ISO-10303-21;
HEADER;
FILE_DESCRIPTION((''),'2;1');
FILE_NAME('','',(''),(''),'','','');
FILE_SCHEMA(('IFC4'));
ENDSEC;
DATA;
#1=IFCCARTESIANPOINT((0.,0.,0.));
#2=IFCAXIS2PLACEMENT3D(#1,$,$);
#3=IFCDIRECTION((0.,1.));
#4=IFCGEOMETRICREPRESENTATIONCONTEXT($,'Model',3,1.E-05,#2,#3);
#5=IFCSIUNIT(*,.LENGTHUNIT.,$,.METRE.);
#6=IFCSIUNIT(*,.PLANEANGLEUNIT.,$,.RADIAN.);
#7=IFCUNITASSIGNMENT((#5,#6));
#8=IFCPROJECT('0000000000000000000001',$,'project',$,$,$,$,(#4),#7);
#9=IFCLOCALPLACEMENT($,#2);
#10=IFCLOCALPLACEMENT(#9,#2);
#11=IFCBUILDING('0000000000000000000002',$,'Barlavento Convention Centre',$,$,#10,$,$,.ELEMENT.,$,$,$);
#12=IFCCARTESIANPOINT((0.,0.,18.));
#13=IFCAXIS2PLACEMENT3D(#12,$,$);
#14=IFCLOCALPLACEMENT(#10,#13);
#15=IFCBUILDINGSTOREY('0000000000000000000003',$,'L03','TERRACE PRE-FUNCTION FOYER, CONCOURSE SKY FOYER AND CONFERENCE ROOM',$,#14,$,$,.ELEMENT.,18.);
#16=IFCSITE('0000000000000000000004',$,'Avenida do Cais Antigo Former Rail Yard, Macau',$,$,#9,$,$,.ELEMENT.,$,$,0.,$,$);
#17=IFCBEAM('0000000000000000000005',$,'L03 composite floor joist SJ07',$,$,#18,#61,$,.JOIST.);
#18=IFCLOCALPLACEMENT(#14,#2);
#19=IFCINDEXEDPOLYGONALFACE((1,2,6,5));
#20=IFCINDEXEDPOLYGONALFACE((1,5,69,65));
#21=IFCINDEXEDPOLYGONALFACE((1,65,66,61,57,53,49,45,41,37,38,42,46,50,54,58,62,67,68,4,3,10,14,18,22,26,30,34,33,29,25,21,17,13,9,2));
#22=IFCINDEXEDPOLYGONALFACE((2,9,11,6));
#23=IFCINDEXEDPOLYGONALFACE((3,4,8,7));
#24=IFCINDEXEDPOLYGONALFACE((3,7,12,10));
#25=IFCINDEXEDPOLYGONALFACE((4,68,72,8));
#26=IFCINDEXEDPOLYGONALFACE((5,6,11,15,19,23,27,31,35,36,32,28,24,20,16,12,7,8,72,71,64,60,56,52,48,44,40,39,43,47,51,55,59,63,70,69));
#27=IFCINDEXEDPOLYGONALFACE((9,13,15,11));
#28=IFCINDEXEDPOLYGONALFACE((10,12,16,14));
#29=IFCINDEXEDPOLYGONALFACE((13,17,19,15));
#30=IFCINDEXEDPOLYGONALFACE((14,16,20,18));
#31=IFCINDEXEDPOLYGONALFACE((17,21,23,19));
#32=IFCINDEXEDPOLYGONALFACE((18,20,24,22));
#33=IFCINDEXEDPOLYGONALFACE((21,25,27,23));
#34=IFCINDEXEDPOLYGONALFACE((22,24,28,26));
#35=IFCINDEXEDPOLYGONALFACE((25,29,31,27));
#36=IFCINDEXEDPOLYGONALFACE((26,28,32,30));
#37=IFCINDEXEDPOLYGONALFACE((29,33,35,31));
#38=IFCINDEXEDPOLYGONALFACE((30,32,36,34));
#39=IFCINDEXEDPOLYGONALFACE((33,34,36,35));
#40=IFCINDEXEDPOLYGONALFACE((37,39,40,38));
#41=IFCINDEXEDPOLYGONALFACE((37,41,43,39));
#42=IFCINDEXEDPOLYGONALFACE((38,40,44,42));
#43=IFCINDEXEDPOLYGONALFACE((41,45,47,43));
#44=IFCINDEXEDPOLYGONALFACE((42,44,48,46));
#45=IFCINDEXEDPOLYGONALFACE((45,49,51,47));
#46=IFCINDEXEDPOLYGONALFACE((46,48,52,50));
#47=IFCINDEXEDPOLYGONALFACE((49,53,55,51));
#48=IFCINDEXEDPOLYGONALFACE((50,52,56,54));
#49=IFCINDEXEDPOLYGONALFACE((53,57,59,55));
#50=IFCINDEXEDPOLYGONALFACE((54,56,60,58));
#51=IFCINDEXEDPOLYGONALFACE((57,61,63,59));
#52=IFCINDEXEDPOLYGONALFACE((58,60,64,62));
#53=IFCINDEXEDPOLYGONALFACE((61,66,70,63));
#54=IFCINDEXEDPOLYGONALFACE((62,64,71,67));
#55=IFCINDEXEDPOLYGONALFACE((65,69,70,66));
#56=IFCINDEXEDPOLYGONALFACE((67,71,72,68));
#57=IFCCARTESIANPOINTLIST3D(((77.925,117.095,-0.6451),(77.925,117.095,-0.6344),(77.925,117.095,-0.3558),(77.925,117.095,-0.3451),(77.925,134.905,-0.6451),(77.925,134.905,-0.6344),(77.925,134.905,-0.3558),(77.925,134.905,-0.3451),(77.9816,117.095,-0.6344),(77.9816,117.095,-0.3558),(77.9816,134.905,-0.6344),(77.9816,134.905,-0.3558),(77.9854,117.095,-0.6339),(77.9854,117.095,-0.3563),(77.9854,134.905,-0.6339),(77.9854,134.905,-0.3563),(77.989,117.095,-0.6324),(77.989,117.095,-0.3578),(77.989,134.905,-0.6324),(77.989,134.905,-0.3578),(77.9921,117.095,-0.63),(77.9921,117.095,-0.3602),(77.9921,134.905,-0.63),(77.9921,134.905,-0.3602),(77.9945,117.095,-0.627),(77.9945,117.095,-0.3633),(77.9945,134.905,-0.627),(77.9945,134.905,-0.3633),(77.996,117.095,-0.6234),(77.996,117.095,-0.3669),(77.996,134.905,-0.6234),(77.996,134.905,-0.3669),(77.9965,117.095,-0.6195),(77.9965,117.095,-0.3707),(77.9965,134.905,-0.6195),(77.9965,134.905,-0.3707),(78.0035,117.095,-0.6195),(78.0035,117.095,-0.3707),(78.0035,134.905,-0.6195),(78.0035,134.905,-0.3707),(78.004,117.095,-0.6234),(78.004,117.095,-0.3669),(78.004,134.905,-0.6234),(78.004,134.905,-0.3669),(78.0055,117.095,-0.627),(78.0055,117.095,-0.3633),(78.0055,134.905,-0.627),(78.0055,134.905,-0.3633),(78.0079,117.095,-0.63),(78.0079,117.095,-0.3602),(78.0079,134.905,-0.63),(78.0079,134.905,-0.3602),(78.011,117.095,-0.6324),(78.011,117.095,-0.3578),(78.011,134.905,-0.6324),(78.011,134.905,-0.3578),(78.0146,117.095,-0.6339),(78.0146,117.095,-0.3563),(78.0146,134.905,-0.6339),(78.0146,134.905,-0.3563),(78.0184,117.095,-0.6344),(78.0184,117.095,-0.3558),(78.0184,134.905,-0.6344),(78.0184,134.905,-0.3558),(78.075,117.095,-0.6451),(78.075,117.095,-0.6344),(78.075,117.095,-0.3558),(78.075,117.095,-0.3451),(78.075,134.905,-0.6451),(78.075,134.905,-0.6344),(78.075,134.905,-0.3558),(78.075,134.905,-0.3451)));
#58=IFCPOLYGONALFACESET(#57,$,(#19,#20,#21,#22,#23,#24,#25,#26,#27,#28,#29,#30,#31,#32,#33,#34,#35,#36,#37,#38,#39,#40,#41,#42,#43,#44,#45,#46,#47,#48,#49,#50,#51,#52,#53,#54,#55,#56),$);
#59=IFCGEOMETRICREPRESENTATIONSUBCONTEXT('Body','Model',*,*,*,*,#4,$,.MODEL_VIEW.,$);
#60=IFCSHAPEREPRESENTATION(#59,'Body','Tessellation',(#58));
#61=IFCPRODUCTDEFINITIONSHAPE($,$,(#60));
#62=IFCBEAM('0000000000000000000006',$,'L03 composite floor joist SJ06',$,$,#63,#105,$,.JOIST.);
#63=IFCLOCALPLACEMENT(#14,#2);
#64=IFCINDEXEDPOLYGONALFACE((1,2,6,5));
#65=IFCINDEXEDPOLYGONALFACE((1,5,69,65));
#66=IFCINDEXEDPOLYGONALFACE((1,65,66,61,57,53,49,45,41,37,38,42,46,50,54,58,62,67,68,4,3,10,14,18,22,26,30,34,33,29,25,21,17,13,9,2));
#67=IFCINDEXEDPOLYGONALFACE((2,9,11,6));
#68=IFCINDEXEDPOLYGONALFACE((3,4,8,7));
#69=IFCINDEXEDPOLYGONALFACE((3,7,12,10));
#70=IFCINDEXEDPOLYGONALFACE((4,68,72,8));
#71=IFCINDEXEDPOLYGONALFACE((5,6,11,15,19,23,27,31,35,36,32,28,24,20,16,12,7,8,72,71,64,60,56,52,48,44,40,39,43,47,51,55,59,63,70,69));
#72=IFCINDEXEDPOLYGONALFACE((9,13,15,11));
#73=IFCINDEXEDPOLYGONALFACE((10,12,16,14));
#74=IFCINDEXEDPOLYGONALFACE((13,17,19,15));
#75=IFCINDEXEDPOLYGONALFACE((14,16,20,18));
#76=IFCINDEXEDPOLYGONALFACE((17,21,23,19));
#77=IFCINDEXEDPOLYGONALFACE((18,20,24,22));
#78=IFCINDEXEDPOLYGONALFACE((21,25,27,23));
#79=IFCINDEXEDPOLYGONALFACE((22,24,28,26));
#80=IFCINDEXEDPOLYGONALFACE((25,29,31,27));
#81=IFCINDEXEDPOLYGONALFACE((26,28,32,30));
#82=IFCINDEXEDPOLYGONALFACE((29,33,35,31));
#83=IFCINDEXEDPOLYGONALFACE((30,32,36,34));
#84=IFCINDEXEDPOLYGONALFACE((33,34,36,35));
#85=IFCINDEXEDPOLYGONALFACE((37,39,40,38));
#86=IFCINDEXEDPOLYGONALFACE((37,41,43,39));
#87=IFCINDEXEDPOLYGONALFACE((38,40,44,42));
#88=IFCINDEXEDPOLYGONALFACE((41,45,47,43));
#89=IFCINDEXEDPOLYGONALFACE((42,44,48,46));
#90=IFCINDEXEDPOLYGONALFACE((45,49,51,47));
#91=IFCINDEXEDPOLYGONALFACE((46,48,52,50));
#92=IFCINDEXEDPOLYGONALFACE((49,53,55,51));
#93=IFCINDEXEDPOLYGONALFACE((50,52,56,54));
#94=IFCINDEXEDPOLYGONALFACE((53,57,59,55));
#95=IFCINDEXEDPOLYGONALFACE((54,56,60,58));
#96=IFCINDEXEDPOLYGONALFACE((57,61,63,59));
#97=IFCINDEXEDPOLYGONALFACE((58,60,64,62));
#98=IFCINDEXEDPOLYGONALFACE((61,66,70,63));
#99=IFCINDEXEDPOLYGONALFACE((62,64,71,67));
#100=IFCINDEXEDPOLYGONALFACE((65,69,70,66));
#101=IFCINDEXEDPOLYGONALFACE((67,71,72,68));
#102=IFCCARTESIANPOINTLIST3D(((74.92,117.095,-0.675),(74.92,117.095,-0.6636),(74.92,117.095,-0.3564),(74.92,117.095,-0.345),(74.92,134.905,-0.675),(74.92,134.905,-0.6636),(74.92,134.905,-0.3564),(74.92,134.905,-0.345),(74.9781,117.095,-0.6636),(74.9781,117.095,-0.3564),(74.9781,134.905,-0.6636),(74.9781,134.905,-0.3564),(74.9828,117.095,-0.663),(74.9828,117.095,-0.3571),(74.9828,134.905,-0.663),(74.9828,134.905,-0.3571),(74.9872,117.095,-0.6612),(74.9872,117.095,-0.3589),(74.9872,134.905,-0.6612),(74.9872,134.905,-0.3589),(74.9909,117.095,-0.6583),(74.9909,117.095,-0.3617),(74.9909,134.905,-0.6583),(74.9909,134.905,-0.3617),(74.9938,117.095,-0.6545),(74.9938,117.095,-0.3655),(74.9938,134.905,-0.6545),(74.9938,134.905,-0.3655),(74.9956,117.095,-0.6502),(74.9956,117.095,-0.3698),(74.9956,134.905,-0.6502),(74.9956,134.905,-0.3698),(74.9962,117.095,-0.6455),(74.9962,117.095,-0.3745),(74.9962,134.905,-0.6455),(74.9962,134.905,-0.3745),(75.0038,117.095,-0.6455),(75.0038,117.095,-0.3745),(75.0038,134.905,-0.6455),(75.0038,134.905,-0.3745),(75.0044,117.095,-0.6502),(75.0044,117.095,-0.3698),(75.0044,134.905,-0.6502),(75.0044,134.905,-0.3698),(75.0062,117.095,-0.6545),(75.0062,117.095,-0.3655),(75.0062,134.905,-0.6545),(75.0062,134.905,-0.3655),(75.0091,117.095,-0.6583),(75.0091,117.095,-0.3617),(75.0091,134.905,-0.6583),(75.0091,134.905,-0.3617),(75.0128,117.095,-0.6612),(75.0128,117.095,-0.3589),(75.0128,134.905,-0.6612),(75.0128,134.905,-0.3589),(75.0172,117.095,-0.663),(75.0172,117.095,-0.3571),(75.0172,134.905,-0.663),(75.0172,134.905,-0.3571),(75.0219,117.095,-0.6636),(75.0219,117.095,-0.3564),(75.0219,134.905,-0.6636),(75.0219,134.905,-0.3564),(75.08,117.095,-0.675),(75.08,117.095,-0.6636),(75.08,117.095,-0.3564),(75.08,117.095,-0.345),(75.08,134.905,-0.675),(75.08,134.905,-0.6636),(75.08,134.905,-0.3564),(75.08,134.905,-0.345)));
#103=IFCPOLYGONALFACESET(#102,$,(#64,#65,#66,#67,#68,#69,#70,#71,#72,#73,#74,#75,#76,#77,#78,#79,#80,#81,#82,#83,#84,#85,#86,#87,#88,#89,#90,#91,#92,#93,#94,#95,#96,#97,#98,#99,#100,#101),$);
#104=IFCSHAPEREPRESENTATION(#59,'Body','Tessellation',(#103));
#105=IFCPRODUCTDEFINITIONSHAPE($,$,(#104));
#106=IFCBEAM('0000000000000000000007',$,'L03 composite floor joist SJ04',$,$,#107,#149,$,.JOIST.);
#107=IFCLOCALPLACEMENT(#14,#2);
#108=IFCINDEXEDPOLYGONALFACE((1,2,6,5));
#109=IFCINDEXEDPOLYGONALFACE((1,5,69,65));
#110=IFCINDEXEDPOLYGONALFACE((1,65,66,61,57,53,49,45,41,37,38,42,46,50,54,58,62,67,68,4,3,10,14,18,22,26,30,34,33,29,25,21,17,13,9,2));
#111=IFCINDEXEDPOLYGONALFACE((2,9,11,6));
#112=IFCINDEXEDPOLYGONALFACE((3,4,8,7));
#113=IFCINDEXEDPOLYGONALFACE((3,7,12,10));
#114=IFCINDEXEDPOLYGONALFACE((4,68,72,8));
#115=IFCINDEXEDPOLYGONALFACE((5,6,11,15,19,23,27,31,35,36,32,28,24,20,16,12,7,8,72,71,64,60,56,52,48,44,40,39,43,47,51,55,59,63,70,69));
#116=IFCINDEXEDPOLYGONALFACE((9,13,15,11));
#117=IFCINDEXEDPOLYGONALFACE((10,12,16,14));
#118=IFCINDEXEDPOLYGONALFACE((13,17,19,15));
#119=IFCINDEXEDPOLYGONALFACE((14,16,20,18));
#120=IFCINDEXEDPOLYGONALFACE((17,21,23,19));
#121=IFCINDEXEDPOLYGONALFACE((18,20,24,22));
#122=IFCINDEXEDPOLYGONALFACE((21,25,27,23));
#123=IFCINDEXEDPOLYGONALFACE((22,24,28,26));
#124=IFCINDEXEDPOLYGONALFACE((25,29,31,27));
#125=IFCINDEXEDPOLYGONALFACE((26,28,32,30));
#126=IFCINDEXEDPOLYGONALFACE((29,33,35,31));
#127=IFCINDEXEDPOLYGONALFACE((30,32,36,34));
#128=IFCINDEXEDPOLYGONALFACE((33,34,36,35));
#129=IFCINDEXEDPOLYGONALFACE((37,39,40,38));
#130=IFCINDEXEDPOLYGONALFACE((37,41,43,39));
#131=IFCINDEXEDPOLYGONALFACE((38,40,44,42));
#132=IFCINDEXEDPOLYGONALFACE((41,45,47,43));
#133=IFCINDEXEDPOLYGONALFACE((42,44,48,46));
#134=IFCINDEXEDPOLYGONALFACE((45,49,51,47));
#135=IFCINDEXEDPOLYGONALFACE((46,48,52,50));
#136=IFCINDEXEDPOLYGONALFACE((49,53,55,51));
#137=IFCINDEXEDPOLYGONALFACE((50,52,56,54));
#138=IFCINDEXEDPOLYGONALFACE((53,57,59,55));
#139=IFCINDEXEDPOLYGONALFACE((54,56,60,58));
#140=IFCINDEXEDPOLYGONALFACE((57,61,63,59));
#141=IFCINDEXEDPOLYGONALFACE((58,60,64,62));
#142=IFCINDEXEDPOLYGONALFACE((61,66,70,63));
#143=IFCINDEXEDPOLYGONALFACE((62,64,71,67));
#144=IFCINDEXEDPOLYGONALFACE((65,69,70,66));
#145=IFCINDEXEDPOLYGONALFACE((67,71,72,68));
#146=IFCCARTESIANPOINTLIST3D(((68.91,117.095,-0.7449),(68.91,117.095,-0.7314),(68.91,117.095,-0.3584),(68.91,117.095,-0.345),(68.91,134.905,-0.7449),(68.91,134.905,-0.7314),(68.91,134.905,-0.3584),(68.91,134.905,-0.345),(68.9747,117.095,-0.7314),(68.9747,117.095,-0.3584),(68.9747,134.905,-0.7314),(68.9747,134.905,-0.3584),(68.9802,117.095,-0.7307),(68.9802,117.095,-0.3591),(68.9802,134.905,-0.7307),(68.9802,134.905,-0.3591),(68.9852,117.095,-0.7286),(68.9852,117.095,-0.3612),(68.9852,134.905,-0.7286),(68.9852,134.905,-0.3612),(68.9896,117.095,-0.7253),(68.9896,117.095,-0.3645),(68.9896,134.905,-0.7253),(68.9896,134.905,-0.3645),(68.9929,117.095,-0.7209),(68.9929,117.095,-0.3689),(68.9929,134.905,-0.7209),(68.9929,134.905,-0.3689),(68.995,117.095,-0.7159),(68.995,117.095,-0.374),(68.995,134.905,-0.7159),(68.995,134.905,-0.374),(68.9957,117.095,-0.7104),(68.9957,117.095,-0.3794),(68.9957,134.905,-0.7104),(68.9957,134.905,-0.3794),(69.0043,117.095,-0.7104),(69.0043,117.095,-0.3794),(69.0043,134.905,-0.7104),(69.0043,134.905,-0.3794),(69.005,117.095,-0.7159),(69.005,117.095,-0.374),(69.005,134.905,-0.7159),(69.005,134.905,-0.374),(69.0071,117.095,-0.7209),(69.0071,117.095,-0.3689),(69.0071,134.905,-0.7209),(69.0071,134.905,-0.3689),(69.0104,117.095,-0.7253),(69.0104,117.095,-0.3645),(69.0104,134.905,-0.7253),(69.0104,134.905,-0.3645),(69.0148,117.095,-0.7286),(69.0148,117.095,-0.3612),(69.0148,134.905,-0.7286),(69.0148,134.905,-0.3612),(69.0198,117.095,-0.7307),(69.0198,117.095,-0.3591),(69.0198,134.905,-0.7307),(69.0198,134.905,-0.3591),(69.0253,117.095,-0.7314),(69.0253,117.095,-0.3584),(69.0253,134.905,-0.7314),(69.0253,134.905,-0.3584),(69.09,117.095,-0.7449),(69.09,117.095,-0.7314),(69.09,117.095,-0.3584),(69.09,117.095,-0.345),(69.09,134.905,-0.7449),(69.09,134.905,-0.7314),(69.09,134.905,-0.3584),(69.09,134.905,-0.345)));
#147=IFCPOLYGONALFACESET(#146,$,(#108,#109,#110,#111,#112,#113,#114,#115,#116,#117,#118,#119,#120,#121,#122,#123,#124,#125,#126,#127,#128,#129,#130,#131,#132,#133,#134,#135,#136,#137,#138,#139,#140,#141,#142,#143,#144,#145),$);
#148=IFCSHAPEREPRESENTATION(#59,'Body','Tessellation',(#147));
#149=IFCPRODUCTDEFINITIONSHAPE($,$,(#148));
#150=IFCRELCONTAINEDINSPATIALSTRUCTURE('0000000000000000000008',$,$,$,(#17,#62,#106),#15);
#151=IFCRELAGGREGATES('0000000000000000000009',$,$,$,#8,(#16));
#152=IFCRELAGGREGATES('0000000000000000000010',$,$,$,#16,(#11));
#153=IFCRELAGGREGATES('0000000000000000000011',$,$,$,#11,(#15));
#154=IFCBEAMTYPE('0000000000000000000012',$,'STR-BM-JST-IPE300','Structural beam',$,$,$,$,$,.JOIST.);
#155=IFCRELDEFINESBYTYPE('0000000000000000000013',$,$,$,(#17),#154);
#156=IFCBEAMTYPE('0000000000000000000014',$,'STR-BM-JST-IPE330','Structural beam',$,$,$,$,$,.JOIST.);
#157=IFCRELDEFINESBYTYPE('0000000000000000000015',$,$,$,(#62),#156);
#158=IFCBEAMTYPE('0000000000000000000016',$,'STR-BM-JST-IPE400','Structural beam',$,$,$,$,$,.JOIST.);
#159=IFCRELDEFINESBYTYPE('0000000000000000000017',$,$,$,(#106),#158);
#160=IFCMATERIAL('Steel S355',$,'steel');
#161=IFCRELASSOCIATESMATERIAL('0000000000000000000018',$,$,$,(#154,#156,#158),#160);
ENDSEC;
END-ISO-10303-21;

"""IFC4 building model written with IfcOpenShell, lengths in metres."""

from ifc_helpers import new_model, si_unit, direction, frame, origin, origin_2d, place, context, subcontext, project, spatial, i_section, extrude, material, material_profile, profile_set, type_object, element, save


model = new_model("IFC4")

# Units and contexts
model_context = context("Model", 3, precision=1e-05, world=origin(), true_north=direction((0.0, 1.0)))
body_context = subcontext(model_context, "Body", "Model", "MODEL_VIEW")
ifc_project = project(units=[si_unit("LENGTHUNIT", "METRE"), si_unit("PLANEANGLEUNIT", "RADIAN")], contexts=[model_context])

# Site, building, storey
site_placement = place(None, origin())
site = spatial("IfcSite", under=ifc_project, at=site_placement, Name="Avenida do Cais Antigo Former Rail Yard, Macau", CompositionType="ELEMENT", RefElevation=0.0)
building_placement = place(site_placement, origin())
building = spatial("IfcBuilding", under=site, at=building_placement, Name="Barlavento Convention Centre", CompositionType="ELEMENT")
storey_placement = place(building_placement, frame((0.0, 0.0, 18.0)))
storey = spatial("IfcBuildingStorey", under=building, at=storey_placement, Name="L03", Description="TERRACE PRE-FUNCTION FOYER, CONCOURSE SKY FOYER AND CONFERENCE ROOM", CompositionType="ELEMENT", Elevation=18.0)

# Beams
ifc_material_1 = material(Name="Steel S355", Category="steel")
ifc_material_profile_1 = material_profile(ifc_material_1, i_section(OverallWidth=0.1499, OverallDepth=0.3, WebThickness=0.0071, FlangeThickness=0.0107, FilletRadius=0.0149, at=origin_2d()), Name="IPE 300")
ifc_profile_set_1 = profile_set([ifc_material_profile_1], Name="Steel S355")
beam_type_1 = type_object("IfcBeamType", Name="STR-BM-JST-IPE300", Description="Structural beam", PredefinedType="JOIST", material=ifc_profile_set_1)
beam_1_placement = place(storey_placement, frame((78.0, 117.095, -0.4951), z_axis=(0.0, 1.0, 0.0), x_axis=(-1.0, 0.0, 0.0)))
element("IfcBeam", 1, at=beam_1_placement, inside=storey, type_object=beam_type_1, Name="L03 composite floor joist SJ07", PredefinedType="JOIST", context=body_context, shape_type="SweptSolid", body=[
    extrude(i_section(OverallWidth=0.1499, OverallDepth=0.3, WebThickness=0.0071, FlangeThickness=0.0107, FilletRadius=0.0149, at=origin_2d()), origin(), (0.0, 0.0, 1.0), 17.8101),
])
ifc_material_profile_2 = material_profile(ifc_material_1, i_section(OverallWidth=0.1599, OverallDepth=0.3301, WebThickness=0.0076, FlangeThickness=0.0115, FilletRadius=0.0181, at=origin_2d()), Name="IPE 330")
ifc_profile_set_2 = profile_set([ifc_material_profile_2], Name="Steel S355")
beam_type_2 = type_object("IfcBeamType", Name="STR-BM-JST-IPE330", Description="Structural beam", PredefinedType="JOIST", material=ifc_profile_set_2)
beam_2_placement = place(storey_placement, frame((75.0, 117.095, -0.51), z_axis=(0.0, 1.0, 0.0), x_axis=(-1.0, 0.0, 0.0)))
element("IfcBeam", 2, at=beam_2_placement, inside=storey, type_object=beam_type_2, Name="L03 composite floor joist SJ06", PredefinedType="JOIST", context=body_context, shape_type="SweptSolid", body=[
    extrude(i_section(OverallWidth=0.1599, OverallDepth=0.3301, WebThickness=0.0076, FlangeThickness=0.0115, FilletRadius=0.0181, at=origin_2d()), origin(), (0.0, 0.0, 1.0), 17.8101),
])
ifc_material_profile_3 = material_profile(ifc_material_1, i_section(OverallWidth=0.1799, OverallDepth=0.3999, WebThickness=0.0085, FlangeThickness=0.0134, FilletRadius=0.021, at=origin_2d()), Name="IPE 400")
ifc_profile_set_3 = profile_set([ifc_material_profile_3], Name="Steel S355")
beam_type_3 = type_object("IfcBeamType", Name="STR-BM-JST-IPE400", Description="Structural beam", PredefinedType="JOIST", material=ifc_profile_set_3)
beam_3_placement = place(storey_placement, frame((69.0, 117.095, -0.5449), z_axis=(0.0, 1.0, 0.0), x_axis=(-1.0, 0.0, 0.0)))
element("IfcBeam", 3, at=beam_3_placement, inside=storey, type_object=beam_type_3, Name="L03 composite floor joist SJ04", PredefinedType="JOIST", context=body_context, shape_type="SweptSolid", body=[
    extrude(i_section(OverallWidth=0.1799, OverallDepth=0.3999, WebThickness=0.0085, FlangeThickness=0.0134, FilletRadius=0.021, at=origin_2d()), origin(), (0.0, 0.0, 1.0), 17.8101),
])

save(model, "model.ifc")
